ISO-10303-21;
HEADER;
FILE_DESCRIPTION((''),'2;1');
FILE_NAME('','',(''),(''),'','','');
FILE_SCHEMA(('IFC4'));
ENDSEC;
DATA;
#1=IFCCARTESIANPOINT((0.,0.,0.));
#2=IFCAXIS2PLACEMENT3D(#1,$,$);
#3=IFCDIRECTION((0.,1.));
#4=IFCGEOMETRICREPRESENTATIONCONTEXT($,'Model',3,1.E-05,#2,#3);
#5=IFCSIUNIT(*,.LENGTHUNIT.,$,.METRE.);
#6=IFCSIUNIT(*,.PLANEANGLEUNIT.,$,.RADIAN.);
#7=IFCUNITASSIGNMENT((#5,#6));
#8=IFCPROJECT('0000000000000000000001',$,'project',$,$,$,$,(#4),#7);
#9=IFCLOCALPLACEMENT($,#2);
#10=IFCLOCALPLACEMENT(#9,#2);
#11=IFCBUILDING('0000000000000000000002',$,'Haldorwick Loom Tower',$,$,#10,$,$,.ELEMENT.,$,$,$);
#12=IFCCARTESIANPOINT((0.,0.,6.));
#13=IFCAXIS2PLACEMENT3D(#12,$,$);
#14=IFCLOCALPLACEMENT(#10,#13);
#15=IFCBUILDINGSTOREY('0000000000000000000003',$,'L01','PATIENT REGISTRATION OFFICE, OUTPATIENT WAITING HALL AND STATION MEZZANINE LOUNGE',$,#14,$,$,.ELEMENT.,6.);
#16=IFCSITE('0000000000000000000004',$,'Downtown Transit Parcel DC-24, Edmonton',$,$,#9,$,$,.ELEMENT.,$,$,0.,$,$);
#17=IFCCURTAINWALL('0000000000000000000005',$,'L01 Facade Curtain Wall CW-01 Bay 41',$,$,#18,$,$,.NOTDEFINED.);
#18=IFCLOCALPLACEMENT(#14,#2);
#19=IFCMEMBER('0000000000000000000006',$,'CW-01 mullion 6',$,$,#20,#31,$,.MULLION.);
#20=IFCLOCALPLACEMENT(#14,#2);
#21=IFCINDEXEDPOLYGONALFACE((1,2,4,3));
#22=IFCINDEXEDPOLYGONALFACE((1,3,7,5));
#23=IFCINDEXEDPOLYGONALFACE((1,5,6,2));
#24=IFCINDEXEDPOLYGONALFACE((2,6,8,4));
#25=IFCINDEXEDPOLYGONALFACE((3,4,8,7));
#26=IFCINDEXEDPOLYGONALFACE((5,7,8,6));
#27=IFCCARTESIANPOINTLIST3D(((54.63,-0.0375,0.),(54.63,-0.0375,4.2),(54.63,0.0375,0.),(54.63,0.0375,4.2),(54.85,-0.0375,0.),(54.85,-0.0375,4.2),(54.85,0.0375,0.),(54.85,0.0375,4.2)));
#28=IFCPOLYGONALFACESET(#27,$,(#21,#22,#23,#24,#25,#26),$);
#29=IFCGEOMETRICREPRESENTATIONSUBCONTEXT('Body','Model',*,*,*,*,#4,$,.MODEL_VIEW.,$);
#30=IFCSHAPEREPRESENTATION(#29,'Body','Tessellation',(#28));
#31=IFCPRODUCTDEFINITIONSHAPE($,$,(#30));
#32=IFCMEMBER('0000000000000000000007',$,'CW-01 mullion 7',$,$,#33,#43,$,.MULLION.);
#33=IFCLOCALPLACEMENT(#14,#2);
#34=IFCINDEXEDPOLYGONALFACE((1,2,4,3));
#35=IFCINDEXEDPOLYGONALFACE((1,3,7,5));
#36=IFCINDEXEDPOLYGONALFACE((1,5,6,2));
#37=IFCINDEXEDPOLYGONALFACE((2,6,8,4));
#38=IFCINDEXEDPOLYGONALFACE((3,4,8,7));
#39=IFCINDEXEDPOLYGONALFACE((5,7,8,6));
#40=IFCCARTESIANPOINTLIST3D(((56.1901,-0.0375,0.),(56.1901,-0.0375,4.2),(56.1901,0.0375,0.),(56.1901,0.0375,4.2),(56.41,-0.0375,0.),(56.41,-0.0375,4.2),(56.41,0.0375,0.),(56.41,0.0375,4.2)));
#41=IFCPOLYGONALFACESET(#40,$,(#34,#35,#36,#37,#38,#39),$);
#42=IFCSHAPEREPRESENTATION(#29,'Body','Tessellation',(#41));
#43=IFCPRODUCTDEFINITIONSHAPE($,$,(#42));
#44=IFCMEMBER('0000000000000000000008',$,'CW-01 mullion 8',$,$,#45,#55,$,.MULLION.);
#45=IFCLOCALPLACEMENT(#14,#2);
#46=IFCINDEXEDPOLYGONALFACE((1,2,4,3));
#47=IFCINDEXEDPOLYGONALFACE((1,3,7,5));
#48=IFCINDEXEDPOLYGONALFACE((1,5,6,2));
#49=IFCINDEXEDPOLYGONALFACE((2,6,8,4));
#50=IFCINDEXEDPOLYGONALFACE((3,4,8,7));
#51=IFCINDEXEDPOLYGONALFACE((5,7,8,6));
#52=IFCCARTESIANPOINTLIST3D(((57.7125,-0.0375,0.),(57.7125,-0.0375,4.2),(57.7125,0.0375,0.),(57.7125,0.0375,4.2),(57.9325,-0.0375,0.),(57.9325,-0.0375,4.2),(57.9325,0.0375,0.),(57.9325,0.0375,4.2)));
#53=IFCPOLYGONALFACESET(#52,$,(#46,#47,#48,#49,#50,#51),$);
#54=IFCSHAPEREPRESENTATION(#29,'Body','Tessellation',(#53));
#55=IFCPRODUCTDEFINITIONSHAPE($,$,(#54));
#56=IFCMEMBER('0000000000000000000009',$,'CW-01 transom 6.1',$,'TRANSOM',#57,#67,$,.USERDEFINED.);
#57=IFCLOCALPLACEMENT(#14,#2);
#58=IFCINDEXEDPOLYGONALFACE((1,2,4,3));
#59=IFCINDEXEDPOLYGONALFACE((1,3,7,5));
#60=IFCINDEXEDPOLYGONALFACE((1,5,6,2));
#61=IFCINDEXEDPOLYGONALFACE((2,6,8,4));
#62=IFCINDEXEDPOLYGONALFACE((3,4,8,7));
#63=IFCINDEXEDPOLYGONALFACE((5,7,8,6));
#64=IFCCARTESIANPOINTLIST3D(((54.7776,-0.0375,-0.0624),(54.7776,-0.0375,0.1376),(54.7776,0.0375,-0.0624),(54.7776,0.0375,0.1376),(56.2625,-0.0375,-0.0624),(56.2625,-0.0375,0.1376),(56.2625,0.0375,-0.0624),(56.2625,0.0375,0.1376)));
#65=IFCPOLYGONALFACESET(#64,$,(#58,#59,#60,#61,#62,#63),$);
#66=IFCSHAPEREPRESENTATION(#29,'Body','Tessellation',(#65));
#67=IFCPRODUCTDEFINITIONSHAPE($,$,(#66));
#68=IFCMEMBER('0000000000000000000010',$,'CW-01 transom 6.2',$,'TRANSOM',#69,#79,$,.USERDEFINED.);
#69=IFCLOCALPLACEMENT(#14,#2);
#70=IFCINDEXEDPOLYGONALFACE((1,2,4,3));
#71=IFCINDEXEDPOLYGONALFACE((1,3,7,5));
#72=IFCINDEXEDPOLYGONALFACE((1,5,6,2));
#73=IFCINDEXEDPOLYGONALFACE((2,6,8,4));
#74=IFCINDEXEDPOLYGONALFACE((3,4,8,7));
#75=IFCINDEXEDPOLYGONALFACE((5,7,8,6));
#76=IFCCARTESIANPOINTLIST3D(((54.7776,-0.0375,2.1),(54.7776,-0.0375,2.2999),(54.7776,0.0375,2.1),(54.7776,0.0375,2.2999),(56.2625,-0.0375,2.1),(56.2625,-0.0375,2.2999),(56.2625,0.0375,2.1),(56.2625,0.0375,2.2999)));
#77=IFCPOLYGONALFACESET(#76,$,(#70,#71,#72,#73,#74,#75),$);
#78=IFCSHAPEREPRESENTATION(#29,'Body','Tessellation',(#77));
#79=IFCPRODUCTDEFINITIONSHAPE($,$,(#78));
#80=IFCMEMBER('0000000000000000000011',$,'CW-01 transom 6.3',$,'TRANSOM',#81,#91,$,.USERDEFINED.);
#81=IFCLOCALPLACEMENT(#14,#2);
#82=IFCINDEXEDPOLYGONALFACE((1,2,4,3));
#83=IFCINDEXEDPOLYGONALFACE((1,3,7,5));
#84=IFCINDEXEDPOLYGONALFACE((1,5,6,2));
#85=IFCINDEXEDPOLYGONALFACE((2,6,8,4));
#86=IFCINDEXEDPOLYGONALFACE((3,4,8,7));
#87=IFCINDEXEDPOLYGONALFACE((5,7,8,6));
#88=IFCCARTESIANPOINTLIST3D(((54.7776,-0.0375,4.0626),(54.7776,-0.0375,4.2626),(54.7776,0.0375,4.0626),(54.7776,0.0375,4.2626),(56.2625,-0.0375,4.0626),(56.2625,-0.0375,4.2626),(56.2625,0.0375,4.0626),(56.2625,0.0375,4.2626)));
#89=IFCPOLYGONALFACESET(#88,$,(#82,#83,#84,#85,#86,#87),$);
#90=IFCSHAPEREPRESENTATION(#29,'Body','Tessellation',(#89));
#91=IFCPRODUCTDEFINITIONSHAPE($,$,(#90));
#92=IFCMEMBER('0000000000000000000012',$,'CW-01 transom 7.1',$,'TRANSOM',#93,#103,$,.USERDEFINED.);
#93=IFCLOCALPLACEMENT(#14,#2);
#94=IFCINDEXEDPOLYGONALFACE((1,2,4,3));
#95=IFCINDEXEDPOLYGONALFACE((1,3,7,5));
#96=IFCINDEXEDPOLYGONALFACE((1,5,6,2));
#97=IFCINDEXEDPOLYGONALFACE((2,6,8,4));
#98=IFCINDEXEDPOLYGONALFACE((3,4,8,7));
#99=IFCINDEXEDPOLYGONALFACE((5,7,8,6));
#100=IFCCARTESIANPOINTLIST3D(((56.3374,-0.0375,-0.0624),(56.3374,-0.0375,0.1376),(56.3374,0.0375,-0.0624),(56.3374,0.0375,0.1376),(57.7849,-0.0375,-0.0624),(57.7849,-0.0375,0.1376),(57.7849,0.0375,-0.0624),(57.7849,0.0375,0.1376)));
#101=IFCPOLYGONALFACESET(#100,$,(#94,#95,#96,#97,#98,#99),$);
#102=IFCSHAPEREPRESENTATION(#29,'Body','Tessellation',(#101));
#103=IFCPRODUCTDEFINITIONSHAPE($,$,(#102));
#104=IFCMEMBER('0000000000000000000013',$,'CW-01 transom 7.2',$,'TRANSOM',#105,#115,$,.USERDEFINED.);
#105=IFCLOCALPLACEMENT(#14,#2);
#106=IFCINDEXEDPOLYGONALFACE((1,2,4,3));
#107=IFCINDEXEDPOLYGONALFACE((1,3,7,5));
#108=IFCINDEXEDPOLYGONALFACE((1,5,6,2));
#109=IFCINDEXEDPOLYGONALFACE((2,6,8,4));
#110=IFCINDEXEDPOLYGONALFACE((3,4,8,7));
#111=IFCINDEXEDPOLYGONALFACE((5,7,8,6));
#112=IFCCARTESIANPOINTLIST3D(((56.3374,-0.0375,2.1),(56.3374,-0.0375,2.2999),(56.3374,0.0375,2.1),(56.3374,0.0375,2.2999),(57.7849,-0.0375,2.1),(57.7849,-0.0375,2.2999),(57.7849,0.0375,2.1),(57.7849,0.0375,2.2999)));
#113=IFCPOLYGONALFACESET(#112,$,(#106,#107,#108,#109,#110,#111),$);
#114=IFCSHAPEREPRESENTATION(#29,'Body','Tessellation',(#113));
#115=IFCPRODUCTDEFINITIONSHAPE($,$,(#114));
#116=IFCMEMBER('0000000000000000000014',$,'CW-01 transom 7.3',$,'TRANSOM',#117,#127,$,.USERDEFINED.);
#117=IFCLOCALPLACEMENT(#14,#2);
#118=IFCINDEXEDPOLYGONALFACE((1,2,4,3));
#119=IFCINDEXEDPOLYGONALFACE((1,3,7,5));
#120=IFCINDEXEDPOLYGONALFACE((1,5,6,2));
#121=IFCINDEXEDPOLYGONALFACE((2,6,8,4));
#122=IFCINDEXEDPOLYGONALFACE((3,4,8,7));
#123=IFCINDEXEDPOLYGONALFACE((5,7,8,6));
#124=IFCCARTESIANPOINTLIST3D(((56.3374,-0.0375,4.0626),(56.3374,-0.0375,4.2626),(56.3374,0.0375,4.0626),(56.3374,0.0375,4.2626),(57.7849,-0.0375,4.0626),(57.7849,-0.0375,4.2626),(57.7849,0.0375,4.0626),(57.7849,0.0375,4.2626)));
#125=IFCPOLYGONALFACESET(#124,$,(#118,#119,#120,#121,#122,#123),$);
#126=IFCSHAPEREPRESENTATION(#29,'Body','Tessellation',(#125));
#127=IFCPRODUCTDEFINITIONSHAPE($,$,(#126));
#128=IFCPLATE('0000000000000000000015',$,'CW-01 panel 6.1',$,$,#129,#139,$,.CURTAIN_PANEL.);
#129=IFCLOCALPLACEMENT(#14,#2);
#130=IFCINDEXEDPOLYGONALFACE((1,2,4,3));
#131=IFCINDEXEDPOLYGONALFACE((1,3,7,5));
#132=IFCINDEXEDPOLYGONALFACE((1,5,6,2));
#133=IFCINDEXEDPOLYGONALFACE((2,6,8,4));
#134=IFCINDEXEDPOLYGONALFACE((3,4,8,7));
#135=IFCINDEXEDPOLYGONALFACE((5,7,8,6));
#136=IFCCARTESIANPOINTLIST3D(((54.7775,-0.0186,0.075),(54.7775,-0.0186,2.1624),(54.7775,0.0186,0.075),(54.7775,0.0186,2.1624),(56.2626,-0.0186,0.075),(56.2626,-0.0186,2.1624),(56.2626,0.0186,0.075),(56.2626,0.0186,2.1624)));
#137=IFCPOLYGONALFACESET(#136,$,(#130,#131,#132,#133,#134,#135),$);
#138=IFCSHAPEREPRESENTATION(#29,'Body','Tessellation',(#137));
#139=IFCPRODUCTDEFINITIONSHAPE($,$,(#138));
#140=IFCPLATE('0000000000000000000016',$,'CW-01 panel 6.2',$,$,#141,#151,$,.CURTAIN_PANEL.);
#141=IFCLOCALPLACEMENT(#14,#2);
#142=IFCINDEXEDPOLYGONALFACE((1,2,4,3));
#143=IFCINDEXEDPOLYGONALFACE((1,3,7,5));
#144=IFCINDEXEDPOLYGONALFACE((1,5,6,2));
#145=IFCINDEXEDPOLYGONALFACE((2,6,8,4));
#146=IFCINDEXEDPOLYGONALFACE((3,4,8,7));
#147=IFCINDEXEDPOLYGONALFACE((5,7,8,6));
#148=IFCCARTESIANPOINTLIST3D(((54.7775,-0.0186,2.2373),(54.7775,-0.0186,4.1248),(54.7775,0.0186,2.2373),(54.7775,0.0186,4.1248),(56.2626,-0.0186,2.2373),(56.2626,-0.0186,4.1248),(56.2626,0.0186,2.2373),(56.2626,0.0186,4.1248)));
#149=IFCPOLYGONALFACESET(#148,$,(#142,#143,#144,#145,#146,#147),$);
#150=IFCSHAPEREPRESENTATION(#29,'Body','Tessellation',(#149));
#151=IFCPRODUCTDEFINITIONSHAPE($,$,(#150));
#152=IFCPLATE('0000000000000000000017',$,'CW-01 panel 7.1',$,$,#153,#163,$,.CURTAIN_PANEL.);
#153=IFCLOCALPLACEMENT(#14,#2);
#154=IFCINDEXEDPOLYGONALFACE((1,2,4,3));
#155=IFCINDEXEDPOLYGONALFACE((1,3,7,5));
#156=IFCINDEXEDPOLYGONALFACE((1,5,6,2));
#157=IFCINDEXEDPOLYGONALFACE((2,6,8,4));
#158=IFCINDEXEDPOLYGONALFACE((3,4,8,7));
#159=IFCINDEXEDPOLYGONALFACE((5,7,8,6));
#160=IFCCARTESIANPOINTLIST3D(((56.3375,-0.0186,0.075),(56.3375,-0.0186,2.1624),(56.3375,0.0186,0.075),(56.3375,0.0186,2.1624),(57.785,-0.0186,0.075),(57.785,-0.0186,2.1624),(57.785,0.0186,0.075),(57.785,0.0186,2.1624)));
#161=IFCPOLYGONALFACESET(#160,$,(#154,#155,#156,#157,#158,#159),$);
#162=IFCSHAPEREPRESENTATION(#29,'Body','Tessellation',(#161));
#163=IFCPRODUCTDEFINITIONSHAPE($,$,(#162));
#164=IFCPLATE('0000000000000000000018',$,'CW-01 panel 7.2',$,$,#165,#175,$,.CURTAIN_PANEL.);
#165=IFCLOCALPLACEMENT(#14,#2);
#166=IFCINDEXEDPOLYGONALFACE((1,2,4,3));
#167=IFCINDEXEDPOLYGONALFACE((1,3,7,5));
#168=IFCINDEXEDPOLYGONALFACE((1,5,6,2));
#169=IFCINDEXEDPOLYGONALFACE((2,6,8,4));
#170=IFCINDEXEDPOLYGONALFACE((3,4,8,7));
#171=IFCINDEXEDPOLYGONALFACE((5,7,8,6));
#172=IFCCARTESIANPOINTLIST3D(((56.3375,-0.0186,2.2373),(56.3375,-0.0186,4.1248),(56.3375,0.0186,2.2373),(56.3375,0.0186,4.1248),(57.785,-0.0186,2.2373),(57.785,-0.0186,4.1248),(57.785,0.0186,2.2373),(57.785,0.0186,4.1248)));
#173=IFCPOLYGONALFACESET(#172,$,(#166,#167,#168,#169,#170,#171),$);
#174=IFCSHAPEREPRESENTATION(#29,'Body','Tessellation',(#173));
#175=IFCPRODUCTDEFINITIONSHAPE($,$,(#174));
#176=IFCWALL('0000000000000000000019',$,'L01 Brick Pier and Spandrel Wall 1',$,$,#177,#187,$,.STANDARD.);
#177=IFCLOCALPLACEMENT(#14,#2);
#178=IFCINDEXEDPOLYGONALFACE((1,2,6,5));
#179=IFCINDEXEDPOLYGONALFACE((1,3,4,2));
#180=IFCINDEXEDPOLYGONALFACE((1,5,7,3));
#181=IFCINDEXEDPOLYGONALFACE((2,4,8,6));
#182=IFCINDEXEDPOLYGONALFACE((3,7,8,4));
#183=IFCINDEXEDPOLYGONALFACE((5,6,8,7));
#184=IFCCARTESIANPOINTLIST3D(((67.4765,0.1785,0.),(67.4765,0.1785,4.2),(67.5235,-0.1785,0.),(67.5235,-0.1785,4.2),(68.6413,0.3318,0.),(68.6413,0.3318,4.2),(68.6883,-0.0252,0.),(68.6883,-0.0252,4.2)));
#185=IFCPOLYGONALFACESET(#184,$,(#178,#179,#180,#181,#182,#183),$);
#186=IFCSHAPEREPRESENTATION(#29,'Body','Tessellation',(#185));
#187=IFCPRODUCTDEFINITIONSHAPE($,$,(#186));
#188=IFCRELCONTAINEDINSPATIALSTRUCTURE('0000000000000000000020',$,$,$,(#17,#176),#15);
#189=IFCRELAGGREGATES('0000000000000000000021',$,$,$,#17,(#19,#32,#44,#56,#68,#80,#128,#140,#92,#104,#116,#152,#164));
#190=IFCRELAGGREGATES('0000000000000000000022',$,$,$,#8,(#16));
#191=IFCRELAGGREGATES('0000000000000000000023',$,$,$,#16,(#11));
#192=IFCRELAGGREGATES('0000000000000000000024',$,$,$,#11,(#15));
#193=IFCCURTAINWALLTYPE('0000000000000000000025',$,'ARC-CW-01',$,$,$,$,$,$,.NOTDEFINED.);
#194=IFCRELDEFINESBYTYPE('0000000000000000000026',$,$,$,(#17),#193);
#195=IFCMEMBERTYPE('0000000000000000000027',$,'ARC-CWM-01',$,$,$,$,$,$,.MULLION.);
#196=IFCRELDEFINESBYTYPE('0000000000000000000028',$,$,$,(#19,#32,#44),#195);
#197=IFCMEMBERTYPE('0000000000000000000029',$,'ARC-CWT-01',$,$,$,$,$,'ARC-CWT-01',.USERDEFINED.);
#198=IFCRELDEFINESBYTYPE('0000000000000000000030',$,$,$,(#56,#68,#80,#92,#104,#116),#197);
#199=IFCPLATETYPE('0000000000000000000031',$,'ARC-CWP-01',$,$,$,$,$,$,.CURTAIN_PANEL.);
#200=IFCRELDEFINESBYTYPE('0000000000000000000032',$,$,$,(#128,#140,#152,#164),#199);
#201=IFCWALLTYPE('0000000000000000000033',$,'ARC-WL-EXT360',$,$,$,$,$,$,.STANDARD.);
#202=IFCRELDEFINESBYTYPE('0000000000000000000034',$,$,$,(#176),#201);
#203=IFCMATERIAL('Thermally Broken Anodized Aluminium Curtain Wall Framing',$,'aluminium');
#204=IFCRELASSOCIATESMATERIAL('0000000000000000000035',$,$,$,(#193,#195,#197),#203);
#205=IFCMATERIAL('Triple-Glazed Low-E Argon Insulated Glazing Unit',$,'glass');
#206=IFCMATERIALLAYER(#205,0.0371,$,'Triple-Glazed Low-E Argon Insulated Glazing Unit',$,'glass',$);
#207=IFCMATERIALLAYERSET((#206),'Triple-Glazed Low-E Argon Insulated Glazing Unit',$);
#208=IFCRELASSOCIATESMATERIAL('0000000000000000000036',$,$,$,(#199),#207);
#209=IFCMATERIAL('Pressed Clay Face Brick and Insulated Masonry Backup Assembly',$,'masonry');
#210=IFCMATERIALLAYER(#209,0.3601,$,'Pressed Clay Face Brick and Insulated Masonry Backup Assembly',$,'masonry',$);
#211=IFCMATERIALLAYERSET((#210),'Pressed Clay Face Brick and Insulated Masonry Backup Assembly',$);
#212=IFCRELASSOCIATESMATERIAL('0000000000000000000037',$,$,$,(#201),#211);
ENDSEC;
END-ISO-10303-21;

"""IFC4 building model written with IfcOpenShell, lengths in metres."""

from ifc_helpers import new_model, si_unit, direction, frame, frame_2d, origin, origin_2d, place, context, subcontext, project, spatial, rectangle, extrude, material, layer, layer_set, material_profile, profile_set, type_object, element, aggregate, save


model = new_model("IFC4")

# Units and contexts
model_context = context("Model", 3, precision=1e-05, world=origin(), true_north=direction((0.0, 1.0)))
body_context = subcontext(model_context, "Body", "Model", "MODEL_VIEW")
ifc_project = project(units=[si_unit("LENGTHUNIT", "METRE"), si_unit("PLANEANGLEUNIT", "RADIAN")], contexts=[model_context])

# Site, building, storey
site_placement = place(None, origin())
site = spatial("IfcSite", under=ifc_project, at=site_placement, Name="Downtown Transit Parcel DC-24, Edmonton", CompositionType="ELEMENT", RefElevation=0.0)
building_placement = place(site_placement, origin())
building = spatial("IfcBuilding", under=site, at=building_placement, Name="Haldorwick Loom Tower", CompositionType="ELEMENT")
storey_placement = place(building_placement, frame((0.0, 0.0, 6.0)))
storey = spatial("IfcBuildingStorey", under=building, at=storey_placement, Name="L01", Description="PATIENT REGISTRATION OFFICE, OUTPATIENT WAITING HALL AND STATION MEZZANINE LOUNGE", CompositionType="ELEMENT", Elevation=6.0)

# Curtain wall, members, plates
ifc_material_1 = material(Name="Thermally Broken Anodized Aluminium Curtain Wall Framing", Category="aluminium")
curtain_wall_type = type_object("IfcCurtainWallType", Name="ARC-CW-01", PredefinedType="NOTDEFINED", material=ifc_material_1)
curtain_wall_placement = place(storey_placement, origin())
curtain_wall = element("IfcCurtainWall", 1, at=curtain_wall_placement, inside=storey, type_object=curtain_wall_type, Name="L01 Facade Curtain Wall CW-01 Bay 41", PredefinedType="NOTDEFINED")
ifc_material_profile_1 = material_profile(ifc_material_1, rectangle(XDim=0.075, YDim=0.22, at=origin_2d()), Name="ALU_MUL_75X220", Category="aluminium")
ifc_profile_set_1 = profile_set([ifc_material_profile_1], Name="Thermally Broken Anodized Aluminium Curtain Wall Framing")
member_type_1 = type_object("IfcMemberType", Name="ARC-CWM-01", PredefinedType="MULLION", material=ifc_profile_set_1)
member_1_placement = place(storey_placement, frame((54.74, 0.0, 0.0), z_axis=(0.0, 0.0, 1.0), x_axis=(0.0, 1.0, 0.0)))
member_1 = element("IfcMember", 2, at=member_1_placement, type_object=member_type_1, Name="CW-01 mullion 6", PredefinedType="MULLION", context=body_context, shape_type="SweptSolid", body=[
    extrude(rectangle(XDim=0.075, YDim=0.22, at=origin_2d()), origin(), (0.0, 0.0, 1.0), 4.2),
])
member_2_placement = place(storey_placement, frame((56.3, 0.0, 0.0), z_axis=(0.0, 0.0, 1.0), x_axis=(0.0, 1.0, 0.0)))
member_2 = element("IfcMember", 3, at=member_2_placement, type_object=member_type_1, Name="CW-01 mullion 7", PredefinedType="MULLION", context=body_context, shape_type="SweptSolid", body=[
    extrude(rectangle(XDim=0.075, YDim=0.22, at=origin_2d()), origin(), (0.0, 0.0, 1.0), 4.2),
])
member_3_placement = place(storey_placement, frame((57.8225, 0.0, 0.0), z_axis=(0.0, 0.0, 1.0), x_axis=(0.0, 1.0, 0.0)))
member_3 = element("IfcMember", 4, at=member_3_placement, type_object=member_type_1, Name="CW-01 mullion 8", PredefinedType="MULLION", context=body_context, shape_type="SweptSolid", body=[
    extrude(rectangle(XDim=0.075, YDim=0.22, at=origin_2d()), origin(), (0.0, 0.0, 1.0), 4.2),
])
ifc_material_profile_2 = material_profile(ifc_material_1, rectangle(XDim=0.075, YDim=0.2, at=origin_2d()), Name="ALU_TRN_75X200", Category="aluminium")
ifc_profile_set_2 = profile_set([ifc_material_profile_2], Name="Thermally Broken Anodized Aluminium Curtain Wall Framing")
member_type_2 = type_object("IfcMemberType", Name="ARC-CWT-01", ElementType="ARC-CWT-01", PredefinedType="USERDEFINED", material=ifc_profile_set_2)
member_4_placement = place(storey_placement, frame((54.7776, 0.0, 0.0376), z_axis=(1.0, 0.0, 0.0), x_axis=(0.0, 1.0, 0.0)))
member_4 = element("IfcMember", 5, at=member_4_placement, type_object=member_type_2, Name="CW-01 transom 6.1", ObjectType="TRANSOM", PredefinedType="USERDEFINED", context=body_context, shape_type="SweptSolid", body=[
    extrude(rectangle(XDim=0.075, YDim=0.2, at=origin_2d()), origin(), (0.0, 0.0, 1.0), 1.4849),
])
member_5_placement = place(storey_placement, frame((54.7776, 0.0, 2.2), z_axis=(1.0, 0.0, 0.0), x_axis=(0.0, 1.0, 0.0)))
member_5 = element("IfcMember", 6, at=member_5_placement, type_object=member_type_2, Name="CW-01 transom 6.2", ObjectType="TRANSOM", PredefinedType="USERDEFINED", context=body_context, shape_type="SweptSolid", body=[
    extrude(rectangle(XDim=0.075, YDim=0.2, at=origin_2d()), origin(), (0.0, 0.0, 1.0), 1.4849),
])
member_6_placement = place(storey_placement, frame((54.7776, 0.0, 4.1626), z_axis=(1.0, 0.0, 0.0), x_axis=(0.0, 1.0, 0.0)))
member_6 = element("IfcMember", 7, at=member_6_placement, type_object=member_type_2, Name="CW-01 transom 6.3", ObjectType="TRANSOM", PredefinedType="USERDEFINED", context=body_context, shape_type="SweptSolid", body=[
    extrude(rectangle(XDim=0.075, YDim=0.2, at=origin_2d()), origin(), (0.0, 0.0, 1.0), 1.4849),
])
member_7_placement = place(storey_placement, frame((56.3374, 0.0, 0.0376), z_axis=(1.0, 0.0, 0.0), x_axis=(0.0, 1.0, 0.0)))
member_7 = element("IfcMember", 8, at=member_7_placement, type_object=member_type_2, Name="CW-01 transom 7.1", ObjectType="TRANSOM", PredefinedType="USERDEFINED", context=body_context, shape_type="SweptSolid", body=[
    extrude(rectangle(XDim=0.075, YDim=0.2, at=origin_2d()), origin(), (0.0, 0.0, 1.0), 1.4475),
])
member_8_placement = place(storey_placement, frame((56.3374, 0.0, 2.2), z_axis=(1.0, 0.0, 0.0), x_axis=(0.0, 1.0, 0.0)))
member_8 = element("IfcMember", 9, at=member_8_placement, type_object=member_type_2, Name="CW-01 transom 7.2", ObjectType="TRANSOM", PredefinedType="USERDEFINED", context=body_context, shape_type="SweptSolid", body=[
    extrude(rectangle(XDim=0.075, YDim=0.2, at=origin_2d()), origin(), (0.0, 0.0, 1.0), 1.4475),
])
member_9_placement = place(storey_placement, frame((56.3374, 0.0, 4.1626), z_axis=(1.0, 0.0, 0.0), x_axis=(0.0, 1.0, 0.0)))
member_9 = element("IfcMember", 10, at=member_9_placement, type_object=member_type_2, Name="CW-01 transom 7.3", ObjectType="TRANSOM", PredefinedType="USERDEFINED", context=body_context, shape_type="SweptSolid", body=[
    extrude(rectangle(XDim=0.075, YDim=0.2, at=origin_2d()), origin(), (0.0, 0.0, 1.0), 1.4475),
])
ifc_material_2 = material(Name="Triple-Glazed Low-E Argon Insulated Glazing Unit", Category="glass")
ifc_layer_1 = layer(ifc_material_2, 0.0371, Name="Triple-Glazed Low-E Argon Insulated Glazing Unit", Category="glass")
ifc_layer_set_1 = layer_set([ifc_layer_1], Name="Triple-Glazed Low-E Argon Insulated Glazing Unit")
plate_type = type_object("IfcPlateType", Name="ARC-CWP-01", PredefinedType="CURTAIN_PANEL", material=ifc_layer_set_1)
plate_1_placement = place(storey_placement, frame((55.52, 0.0, 0.075), z_axis=(0.0, 0.0, 1.0), x_axis=(1.0, 0.0, 0.0)))
plate_1 = element("IfcPlate", 11, at=plate_1_placement, type_object=plate_type, Name="CW-01 panel 6.1", PredefinedType="CURTAIN_PANEL", context=body_context, shape_type="SweptSolid", body=[
    extrude(rectangle(XDim=1.4851, YDim=0.0371, at=origin_2d()), origin(), (0.0, 0.0, 1.0), 2.0874),
])
plate_2_placement = place(storey_placement, frame((55.52, 0.0, 2.2373), z_axis=(0.0, 0.0, 1.0), x_axis=(1.0, 0.0, 0.0)))
plate_2 = element("IfcPlate", 12, at=plate_2_placement, type_object=plate_type, Name="CW-01 panel 6.2", PredefinedType="CURTAIN_PANEL", context=body_context, shape_type="SweptSolid", body=[
    extrude(rectangle(XDim=1.4851, YDim=0.0371, at=origin_2d()), origin(), (0.0, 0.0, 1.0), 1.8875),
])
plate_3_placement = place(storey_placement, frame((57.0613, 0.0, 0.075), z_axis=(0.0, 0.0, 1.0), x_axis=(1.0, 0.0, 0.0)))
plate_3 = element("IfcPlate", 13, at=plate_3_placement, type_object=plate_type, Name="CW-01 panel 7.1", PredefinedType="CURTAIN_PANEL", context=body_context, shape_type="SweptSolid", body=[
    extrude(rectangle(XDim=1.4475, YDim=0.0371, at=origin_2d()), origin(), (0.0, 0.0, 1.0), 2.0874),
])
plate_4_placement = place(storey_placement, frame((57.0613, 0.0, 2.2373), z_axis=(0.0, 0.0, 1.0), x_axis=(1.0, 0.0, 0.0)))
plate_4 = element("IfcPlate", 14, at=plate_4_placement, type_object=plate_type, Name="CW-01 panel 7.2", PredefinedType="CURTAIN_PANEL", context=body_context, shape_type="SweptSolid", body=[
    extrude(rectangle(XDim=1.4475, YDim=0.0371, at=origin_2d()), origin(), (0.0, 0.0, 1.0), 1.8875),
])
aggregate(curtain_wall, [member_1, member_2, member_3, member_4, member_5, member_6, plate_1, plate_2, member_7, member_8, member_9, plate_3, plate_4])

# Wall
ifc_material_3 = material(Name="Pressed Clay Face Brick and Insulated Masonry Backup Assembly", Category="masonry")
ifc_layer_2 = layer(ifc_material_3, 0.3601, Name="Pressed Clay Face Brick and Insulated Masonry Backup Assembly", Category="masonry")
ifc_layer_set_2 = layer_set([ifc_layer_2], Name="Pressed Clay Face Brick and Insulated Masonry Backup Assembly")
wall_type_1 = type_object("IfcWallType", Name="ARC-WL-EXT360", PredefinedType="STANDARD", material=ifc_layer_set_2)
wall_1_placement = place(storey_placement, frame((67.5, 0.0, 0.0), z_axis=(0.0, 0.0, 1.0), x_axis=(0.991448, 0.130503, 0.0)))
element("IfcWall", 15, at=wall_1_placement, inside=storey, type_object=wall_type_1, Name="L01 Brick Pier and Spandrel Wall 1", PredefinedType="STANDARD", context=body_context, shape_type="SweptSolid", body=[
    extrude(rectangle(XDim=1.1748, YDim=0.3601, at=frame_2d((0.5874, 0.0))), origin(), (0.0, 0.0, 1.0), 4.2),
])

save(model, "model.ifc")
